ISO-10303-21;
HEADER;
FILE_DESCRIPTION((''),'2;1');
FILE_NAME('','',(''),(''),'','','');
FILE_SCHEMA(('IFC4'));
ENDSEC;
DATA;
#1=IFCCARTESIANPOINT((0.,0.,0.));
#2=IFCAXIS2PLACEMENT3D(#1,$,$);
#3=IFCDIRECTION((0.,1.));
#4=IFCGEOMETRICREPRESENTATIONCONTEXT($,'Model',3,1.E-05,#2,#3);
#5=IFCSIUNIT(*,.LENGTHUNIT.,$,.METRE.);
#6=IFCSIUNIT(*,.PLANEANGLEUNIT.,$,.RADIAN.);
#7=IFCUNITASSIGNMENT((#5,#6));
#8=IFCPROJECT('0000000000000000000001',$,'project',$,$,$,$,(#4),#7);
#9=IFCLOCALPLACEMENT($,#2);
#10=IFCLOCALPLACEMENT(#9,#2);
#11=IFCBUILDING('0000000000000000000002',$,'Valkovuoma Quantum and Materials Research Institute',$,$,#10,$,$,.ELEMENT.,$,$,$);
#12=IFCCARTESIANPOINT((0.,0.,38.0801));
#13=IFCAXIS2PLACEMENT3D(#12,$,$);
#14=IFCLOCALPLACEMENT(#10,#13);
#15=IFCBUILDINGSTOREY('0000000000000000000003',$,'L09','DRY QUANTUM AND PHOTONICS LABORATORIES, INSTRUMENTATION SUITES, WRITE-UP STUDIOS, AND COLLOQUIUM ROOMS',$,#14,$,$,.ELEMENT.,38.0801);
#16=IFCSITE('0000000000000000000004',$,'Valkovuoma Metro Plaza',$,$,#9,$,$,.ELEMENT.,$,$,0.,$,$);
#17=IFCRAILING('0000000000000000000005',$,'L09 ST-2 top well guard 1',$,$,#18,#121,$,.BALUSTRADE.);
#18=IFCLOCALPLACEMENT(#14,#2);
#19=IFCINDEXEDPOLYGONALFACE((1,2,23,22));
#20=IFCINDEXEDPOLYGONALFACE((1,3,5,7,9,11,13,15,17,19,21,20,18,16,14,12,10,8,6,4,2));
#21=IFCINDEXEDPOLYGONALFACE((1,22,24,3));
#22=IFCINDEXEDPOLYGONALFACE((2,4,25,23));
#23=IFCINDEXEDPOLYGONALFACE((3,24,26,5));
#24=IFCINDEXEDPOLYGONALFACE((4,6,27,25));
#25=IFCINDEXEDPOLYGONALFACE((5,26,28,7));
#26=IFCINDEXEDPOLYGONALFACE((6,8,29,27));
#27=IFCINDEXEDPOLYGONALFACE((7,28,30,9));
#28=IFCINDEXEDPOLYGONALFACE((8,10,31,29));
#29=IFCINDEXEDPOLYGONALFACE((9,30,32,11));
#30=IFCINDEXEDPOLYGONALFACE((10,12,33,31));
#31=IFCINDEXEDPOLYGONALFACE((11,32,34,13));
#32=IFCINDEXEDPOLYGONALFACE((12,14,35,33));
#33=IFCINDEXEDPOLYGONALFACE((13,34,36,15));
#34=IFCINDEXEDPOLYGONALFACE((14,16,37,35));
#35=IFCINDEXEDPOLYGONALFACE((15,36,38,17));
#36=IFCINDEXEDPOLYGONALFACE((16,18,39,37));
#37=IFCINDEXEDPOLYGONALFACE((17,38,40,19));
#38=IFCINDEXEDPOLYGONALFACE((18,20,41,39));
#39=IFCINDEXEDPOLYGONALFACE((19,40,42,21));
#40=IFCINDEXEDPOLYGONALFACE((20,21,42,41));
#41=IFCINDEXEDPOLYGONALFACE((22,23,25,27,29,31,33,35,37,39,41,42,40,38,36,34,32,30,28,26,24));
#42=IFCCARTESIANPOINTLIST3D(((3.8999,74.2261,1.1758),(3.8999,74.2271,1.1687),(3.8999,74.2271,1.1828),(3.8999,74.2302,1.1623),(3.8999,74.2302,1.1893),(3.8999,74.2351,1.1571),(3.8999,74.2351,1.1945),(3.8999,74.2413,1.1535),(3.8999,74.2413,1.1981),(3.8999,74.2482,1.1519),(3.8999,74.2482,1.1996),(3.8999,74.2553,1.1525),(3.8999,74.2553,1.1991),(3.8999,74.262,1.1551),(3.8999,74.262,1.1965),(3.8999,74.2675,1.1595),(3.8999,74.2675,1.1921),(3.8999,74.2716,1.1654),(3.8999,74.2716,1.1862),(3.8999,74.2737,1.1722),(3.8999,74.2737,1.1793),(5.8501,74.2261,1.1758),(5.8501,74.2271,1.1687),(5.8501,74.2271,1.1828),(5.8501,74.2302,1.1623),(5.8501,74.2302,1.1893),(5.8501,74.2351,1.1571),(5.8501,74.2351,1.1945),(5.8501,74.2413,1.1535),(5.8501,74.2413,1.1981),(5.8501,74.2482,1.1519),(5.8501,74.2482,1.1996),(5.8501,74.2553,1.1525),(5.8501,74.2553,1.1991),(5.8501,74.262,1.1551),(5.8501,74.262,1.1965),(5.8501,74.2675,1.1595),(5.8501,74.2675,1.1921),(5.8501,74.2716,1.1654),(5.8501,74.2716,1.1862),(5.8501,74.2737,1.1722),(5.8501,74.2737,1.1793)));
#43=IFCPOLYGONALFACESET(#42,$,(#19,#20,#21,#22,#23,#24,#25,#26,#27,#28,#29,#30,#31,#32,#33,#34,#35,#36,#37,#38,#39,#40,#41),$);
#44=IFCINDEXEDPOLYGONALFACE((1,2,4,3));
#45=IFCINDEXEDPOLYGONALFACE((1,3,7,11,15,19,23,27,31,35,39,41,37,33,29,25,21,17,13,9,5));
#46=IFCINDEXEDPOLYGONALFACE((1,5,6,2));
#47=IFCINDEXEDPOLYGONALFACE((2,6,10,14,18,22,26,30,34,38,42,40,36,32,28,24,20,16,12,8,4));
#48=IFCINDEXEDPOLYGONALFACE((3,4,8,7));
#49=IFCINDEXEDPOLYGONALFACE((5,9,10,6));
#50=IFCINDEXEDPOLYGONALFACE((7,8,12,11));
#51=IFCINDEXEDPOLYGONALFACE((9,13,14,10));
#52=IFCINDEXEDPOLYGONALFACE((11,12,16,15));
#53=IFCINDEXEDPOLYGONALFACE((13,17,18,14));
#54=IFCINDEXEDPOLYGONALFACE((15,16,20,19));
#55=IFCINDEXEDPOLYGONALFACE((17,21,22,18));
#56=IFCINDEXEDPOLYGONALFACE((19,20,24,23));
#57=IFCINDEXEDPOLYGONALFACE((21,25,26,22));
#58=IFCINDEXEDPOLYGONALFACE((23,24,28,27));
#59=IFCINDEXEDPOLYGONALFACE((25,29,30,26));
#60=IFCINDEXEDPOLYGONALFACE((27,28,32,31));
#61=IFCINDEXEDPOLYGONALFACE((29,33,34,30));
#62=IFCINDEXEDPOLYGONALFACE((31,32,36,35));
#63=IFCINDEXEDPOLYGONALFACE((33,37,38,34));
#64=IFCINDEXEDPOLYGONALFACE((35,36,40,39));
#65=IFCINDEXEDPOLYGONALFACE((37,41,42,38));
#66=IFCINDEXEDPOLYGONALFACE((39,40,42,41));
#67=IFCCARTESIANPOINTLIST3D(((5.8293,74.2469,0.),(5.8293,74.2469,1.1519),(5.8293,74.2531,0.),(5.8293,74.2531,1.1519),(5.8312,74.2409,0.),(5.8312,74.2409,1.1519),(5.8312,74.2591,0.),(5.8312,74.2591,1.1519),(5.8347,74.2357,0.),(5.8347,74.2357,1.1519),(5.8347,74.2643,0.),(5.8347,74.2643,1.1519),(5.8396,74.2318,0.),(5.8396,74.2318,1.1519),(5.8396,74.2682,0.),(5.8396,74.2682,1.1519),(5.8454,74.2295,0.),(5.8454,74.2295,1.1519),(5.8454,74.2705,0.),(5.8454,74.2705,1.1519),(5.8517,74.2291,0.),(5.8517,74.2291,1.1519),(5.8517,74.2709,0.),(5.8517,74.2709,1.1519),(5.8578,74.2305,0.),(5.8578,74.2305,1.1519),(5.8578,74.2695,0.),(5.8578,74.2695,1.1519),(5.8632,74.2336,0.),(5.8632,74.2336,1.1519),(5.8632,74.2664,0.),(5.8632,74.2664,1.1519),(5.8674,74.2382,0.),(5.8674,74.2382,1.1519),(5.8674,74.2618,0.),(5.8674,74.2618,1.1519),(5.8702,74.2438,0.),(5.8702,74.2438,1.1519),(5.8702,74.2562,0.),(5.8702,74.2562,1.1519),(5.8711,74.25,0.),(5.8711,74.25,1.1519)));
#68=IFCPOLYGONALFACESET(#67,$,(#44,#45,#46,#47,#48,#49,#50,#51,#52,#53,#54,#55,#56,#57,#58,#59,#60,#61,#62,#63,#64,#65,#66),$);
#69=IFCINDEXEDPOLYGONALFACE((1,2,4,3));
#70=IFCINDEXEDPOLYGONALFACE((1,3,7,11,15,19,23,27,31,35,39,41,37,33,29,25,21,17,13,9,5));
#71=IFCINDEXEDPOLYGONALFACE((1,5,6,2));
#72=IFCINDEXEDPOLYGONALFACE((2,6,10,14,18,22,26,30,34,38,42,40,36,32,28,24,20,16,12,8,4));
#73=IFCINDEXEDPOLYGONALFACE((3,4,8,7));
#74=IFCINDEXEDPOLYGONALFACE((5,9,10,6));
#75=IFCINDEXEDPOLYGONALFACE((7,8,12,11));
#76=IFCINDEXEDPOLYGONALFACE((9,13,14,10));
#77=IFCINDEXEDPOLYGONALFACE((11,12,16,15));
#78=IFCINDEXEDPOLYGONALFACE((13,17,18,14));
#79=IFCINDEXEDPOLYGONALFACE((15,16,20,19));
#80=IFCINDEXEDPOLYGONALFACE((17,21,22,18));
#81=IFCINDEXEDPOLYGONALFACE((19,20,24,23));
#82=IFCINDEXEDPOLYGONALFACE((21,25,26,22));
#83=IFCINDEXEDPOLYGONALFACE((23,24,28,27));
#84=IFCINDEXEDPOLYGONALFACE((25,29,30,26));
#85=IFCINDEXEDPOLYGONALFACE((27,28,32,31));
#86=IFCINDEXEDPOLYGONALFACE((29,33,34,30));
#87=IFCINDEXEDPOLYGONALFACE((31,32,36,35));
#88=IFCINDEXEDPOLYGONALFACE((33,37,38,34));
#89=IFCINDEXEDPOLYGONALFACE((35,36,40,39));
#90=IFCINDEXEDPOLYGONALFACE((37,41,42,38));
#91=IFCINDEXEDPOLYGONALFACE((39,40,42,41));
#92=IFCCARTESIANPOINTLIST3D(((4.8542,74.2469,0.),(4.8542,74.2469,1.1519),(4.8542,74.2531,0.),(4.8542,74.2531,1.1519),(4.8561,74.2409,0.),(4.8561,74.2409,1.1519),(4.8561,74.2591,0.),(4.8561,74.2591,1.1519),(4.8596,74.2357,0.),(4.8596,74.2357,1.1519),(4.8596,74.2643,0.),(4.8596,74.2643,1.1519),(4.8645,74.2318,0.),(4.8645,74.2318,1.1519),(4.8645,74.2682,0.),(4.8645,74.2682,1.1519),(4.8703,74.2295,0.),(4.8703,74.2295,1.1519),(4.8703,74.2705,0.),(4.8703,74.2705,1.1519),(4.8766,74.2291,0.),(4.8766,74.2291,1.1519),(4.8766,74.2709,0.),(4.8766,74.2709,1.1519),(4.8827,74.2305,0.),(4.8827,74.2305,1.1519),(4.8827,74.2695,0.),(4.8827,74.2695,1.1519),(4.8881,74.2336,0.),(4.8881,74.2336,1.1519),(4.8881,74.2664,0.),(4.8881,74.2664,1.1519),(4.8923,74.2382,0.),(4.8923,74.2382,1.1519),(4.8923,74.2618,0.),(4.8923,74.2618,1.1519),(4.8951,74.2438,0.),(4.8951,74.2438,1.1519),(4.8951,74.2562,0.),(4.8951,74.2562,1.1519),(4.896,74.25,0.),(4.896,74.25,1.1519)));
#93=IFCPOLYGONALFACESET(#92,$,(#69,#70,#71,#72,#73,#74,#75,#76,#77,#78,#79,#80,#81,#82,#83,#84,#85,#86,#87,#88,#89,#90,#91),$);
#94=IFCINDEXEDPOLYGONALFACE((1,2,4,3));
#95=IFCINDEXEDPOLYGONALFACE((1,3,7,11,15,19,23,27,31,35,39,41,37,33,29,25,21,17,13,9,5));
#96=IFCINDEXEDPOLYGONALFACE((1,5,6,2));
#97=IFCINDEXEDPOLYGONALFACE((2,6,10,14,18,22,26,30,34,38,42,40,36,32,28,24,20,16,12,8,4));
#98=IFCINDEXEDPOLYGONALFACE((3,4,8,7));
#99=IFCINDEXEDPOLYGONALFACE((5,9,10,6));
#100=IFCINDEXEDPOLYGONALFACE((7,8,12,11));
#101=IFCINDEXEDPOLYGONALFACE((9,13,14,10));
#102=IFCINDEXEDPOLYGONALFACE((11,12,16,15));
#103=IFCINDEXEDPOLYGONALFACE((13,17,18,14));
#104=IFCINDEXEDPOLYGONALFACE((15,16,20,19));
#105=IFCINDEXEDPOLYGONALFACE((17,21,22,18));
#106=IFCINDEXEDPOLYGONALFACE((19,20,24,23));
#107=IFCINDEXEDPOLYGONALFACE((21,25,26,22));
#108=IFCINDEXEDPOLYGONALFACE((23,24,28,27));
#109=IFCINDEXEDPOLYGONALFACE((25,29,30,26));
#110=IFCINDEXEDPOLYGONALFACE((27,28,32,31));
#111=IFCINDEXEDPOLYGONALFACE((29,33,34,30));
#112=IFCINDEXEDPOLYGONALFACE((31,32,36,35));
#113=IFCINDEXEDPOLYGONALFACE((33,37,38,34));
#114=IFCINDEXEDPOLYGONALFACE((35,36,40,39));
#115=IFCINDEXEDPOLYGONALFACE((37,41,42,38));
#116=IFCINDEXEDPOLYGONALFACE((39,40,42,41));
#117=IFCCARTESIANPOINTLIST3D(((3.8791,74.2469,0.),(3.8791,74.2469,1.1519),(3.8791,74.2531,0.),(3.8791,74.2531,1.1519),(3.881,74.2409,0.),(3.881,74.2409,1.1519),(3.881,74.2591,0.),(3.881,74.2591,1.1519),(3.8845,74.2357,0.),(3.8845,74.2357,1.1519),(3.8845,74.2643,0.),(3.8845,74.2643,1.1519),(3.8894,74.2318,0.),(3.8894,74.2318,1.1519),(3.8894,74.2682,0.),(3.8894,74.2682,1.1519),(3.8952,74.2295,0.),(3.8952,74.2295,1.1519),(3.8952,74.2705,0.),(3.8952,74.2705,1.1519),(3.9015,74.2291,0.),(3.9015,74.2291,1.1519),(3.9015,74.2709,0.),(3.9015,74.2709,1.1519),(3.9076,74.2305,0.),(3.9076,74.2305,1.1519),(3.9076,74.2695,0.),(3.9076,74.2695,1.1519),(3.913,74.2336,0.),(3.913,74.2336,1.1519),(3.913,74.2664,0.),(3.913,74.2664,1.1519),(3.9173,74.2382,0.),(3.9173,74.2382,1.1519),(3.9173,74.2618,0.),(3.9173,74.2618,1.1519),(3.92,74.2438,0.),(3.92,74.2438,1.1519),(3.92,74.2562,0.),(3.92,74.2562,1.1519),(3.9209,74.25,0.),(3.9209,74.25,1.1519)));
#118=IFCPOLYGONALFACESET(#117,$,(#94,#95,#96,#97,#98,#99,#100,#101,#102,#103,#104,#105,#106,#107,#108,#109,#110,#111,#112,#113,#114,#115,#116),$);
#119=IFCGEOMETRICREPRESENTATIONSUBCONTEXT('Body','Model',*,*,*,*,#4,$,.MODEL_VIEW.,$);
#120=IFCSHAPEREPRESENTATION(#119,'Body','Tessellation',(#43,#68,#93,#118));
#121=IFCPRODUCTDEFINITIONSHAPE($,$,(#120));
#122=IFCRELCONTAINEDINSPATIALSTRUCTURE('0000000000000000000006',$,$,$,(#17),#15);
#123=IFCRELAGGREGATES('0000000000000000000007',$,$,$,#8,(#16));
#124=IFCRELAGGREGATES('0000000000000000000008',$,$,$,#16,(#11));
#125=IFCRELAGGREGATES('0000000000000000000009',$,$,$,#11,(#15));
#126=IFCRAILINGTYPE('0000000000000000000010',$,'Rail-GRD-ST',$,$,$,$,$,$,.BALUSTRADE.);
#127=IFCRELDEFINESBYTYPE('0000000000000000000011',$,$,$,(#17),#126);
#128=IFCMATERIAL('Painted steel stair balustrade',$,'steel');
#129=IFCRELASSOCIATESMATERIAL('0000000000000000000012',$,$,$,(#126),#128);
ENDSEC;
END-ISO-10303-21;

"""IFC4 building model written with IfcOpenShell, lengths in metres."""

from ifc_helpers import new_model, si_unit, direction, frame, origin, origin_2d, place, context, subcontext, project, spatial, circle, extrude, material, type_object, element, save


model = new_model("IFC4")

# Units and contexts
model_context = context("Model", 3, precision=1e-05, world=origin(), true_north=direction((0.0, 1.0)))
body_context = subcontext(model_context, "Body", "Model", "MODEL_VIEW")
ifc_project = project(units=[si_unit("LENGTHUNIT", "METRE"), si_unit("PLANEANGLEUNIT", "RADIAN")], contexts=[model_context])

# Site, building, storey
site_placement = place(None, origin())
site = spatial("IfcSite", under=ifc_project, at=site_placement, Name="Valkovuoma Metro Plaza", CompositionType="ELEMENT", RefElevation=0.0)
building_placement = place(site_placement, origin())
building = spatial("IfcBuilding", under=site, at=building_placement, Name="Valkovuoma Quantum and Materials Research Institute", CompositionType="ELEMENT")
storey_placement = place(building_placement, frame((0.0, 0.0, 38.0801)))
storey = spatial("IfcBuildingStorey", under=building, at=storey_placement, Name="L09", Description="DRY QUANTUM AND PHOTONICS LABORATORIES, INSTRUMENTATION SUITES, WRITE-UP STUDIOS, AND COLLOQUIUM ROOMS", CompositionType="ELEMENT", Elevation=38.0801)

# Railing
ifc_material_1 = material(Name="Painted steel stair balustrade", Category="steel")
railing_type = type_object("IfcRailingType", Name="Rail-GRD-ST", PredefinedType="BALUSTRADE", material=ifc_material_1)
railing_placement = place(storey_placement, frame((5.8501, 74.25, 0.0)))
element("IfcRailing", 1, at=railing_placement, inside=storey, type_object=railing_type, Name="L09 ST-2 top well guard 1", PredefinedType="BALUSTRADE", context=body_context, shape_type="SweptSolid", body=[
    extrude(circle(Radius=0.0239, at=origin_2d()), frame((0.0, 0.0, 1.1758), z_axis=(-1.0, 0.0, 0.0), x_axis=(0.0, -1.0, 0.0)), (0.0, 0.0, 1.0), 1.9502),
    extrude(circle(Radius=0.021, at=origin_2d()), origin(), (0.0, 0.0, 1.0), 1.1519),
    extrude(circle(Radius=0.021, at=origin_2d()), frame((-0.9751, 0.0, 0.0)), (0.0, 0.0, 1.0), 1.1519),
    extrude(circle(Radius=0.021, at=origin_2d()), frame((-1.9502, 0.0, 0.0)), (0.0, 0.0, 1.0), 1.1519),
])

save(model, "model.ifc")
